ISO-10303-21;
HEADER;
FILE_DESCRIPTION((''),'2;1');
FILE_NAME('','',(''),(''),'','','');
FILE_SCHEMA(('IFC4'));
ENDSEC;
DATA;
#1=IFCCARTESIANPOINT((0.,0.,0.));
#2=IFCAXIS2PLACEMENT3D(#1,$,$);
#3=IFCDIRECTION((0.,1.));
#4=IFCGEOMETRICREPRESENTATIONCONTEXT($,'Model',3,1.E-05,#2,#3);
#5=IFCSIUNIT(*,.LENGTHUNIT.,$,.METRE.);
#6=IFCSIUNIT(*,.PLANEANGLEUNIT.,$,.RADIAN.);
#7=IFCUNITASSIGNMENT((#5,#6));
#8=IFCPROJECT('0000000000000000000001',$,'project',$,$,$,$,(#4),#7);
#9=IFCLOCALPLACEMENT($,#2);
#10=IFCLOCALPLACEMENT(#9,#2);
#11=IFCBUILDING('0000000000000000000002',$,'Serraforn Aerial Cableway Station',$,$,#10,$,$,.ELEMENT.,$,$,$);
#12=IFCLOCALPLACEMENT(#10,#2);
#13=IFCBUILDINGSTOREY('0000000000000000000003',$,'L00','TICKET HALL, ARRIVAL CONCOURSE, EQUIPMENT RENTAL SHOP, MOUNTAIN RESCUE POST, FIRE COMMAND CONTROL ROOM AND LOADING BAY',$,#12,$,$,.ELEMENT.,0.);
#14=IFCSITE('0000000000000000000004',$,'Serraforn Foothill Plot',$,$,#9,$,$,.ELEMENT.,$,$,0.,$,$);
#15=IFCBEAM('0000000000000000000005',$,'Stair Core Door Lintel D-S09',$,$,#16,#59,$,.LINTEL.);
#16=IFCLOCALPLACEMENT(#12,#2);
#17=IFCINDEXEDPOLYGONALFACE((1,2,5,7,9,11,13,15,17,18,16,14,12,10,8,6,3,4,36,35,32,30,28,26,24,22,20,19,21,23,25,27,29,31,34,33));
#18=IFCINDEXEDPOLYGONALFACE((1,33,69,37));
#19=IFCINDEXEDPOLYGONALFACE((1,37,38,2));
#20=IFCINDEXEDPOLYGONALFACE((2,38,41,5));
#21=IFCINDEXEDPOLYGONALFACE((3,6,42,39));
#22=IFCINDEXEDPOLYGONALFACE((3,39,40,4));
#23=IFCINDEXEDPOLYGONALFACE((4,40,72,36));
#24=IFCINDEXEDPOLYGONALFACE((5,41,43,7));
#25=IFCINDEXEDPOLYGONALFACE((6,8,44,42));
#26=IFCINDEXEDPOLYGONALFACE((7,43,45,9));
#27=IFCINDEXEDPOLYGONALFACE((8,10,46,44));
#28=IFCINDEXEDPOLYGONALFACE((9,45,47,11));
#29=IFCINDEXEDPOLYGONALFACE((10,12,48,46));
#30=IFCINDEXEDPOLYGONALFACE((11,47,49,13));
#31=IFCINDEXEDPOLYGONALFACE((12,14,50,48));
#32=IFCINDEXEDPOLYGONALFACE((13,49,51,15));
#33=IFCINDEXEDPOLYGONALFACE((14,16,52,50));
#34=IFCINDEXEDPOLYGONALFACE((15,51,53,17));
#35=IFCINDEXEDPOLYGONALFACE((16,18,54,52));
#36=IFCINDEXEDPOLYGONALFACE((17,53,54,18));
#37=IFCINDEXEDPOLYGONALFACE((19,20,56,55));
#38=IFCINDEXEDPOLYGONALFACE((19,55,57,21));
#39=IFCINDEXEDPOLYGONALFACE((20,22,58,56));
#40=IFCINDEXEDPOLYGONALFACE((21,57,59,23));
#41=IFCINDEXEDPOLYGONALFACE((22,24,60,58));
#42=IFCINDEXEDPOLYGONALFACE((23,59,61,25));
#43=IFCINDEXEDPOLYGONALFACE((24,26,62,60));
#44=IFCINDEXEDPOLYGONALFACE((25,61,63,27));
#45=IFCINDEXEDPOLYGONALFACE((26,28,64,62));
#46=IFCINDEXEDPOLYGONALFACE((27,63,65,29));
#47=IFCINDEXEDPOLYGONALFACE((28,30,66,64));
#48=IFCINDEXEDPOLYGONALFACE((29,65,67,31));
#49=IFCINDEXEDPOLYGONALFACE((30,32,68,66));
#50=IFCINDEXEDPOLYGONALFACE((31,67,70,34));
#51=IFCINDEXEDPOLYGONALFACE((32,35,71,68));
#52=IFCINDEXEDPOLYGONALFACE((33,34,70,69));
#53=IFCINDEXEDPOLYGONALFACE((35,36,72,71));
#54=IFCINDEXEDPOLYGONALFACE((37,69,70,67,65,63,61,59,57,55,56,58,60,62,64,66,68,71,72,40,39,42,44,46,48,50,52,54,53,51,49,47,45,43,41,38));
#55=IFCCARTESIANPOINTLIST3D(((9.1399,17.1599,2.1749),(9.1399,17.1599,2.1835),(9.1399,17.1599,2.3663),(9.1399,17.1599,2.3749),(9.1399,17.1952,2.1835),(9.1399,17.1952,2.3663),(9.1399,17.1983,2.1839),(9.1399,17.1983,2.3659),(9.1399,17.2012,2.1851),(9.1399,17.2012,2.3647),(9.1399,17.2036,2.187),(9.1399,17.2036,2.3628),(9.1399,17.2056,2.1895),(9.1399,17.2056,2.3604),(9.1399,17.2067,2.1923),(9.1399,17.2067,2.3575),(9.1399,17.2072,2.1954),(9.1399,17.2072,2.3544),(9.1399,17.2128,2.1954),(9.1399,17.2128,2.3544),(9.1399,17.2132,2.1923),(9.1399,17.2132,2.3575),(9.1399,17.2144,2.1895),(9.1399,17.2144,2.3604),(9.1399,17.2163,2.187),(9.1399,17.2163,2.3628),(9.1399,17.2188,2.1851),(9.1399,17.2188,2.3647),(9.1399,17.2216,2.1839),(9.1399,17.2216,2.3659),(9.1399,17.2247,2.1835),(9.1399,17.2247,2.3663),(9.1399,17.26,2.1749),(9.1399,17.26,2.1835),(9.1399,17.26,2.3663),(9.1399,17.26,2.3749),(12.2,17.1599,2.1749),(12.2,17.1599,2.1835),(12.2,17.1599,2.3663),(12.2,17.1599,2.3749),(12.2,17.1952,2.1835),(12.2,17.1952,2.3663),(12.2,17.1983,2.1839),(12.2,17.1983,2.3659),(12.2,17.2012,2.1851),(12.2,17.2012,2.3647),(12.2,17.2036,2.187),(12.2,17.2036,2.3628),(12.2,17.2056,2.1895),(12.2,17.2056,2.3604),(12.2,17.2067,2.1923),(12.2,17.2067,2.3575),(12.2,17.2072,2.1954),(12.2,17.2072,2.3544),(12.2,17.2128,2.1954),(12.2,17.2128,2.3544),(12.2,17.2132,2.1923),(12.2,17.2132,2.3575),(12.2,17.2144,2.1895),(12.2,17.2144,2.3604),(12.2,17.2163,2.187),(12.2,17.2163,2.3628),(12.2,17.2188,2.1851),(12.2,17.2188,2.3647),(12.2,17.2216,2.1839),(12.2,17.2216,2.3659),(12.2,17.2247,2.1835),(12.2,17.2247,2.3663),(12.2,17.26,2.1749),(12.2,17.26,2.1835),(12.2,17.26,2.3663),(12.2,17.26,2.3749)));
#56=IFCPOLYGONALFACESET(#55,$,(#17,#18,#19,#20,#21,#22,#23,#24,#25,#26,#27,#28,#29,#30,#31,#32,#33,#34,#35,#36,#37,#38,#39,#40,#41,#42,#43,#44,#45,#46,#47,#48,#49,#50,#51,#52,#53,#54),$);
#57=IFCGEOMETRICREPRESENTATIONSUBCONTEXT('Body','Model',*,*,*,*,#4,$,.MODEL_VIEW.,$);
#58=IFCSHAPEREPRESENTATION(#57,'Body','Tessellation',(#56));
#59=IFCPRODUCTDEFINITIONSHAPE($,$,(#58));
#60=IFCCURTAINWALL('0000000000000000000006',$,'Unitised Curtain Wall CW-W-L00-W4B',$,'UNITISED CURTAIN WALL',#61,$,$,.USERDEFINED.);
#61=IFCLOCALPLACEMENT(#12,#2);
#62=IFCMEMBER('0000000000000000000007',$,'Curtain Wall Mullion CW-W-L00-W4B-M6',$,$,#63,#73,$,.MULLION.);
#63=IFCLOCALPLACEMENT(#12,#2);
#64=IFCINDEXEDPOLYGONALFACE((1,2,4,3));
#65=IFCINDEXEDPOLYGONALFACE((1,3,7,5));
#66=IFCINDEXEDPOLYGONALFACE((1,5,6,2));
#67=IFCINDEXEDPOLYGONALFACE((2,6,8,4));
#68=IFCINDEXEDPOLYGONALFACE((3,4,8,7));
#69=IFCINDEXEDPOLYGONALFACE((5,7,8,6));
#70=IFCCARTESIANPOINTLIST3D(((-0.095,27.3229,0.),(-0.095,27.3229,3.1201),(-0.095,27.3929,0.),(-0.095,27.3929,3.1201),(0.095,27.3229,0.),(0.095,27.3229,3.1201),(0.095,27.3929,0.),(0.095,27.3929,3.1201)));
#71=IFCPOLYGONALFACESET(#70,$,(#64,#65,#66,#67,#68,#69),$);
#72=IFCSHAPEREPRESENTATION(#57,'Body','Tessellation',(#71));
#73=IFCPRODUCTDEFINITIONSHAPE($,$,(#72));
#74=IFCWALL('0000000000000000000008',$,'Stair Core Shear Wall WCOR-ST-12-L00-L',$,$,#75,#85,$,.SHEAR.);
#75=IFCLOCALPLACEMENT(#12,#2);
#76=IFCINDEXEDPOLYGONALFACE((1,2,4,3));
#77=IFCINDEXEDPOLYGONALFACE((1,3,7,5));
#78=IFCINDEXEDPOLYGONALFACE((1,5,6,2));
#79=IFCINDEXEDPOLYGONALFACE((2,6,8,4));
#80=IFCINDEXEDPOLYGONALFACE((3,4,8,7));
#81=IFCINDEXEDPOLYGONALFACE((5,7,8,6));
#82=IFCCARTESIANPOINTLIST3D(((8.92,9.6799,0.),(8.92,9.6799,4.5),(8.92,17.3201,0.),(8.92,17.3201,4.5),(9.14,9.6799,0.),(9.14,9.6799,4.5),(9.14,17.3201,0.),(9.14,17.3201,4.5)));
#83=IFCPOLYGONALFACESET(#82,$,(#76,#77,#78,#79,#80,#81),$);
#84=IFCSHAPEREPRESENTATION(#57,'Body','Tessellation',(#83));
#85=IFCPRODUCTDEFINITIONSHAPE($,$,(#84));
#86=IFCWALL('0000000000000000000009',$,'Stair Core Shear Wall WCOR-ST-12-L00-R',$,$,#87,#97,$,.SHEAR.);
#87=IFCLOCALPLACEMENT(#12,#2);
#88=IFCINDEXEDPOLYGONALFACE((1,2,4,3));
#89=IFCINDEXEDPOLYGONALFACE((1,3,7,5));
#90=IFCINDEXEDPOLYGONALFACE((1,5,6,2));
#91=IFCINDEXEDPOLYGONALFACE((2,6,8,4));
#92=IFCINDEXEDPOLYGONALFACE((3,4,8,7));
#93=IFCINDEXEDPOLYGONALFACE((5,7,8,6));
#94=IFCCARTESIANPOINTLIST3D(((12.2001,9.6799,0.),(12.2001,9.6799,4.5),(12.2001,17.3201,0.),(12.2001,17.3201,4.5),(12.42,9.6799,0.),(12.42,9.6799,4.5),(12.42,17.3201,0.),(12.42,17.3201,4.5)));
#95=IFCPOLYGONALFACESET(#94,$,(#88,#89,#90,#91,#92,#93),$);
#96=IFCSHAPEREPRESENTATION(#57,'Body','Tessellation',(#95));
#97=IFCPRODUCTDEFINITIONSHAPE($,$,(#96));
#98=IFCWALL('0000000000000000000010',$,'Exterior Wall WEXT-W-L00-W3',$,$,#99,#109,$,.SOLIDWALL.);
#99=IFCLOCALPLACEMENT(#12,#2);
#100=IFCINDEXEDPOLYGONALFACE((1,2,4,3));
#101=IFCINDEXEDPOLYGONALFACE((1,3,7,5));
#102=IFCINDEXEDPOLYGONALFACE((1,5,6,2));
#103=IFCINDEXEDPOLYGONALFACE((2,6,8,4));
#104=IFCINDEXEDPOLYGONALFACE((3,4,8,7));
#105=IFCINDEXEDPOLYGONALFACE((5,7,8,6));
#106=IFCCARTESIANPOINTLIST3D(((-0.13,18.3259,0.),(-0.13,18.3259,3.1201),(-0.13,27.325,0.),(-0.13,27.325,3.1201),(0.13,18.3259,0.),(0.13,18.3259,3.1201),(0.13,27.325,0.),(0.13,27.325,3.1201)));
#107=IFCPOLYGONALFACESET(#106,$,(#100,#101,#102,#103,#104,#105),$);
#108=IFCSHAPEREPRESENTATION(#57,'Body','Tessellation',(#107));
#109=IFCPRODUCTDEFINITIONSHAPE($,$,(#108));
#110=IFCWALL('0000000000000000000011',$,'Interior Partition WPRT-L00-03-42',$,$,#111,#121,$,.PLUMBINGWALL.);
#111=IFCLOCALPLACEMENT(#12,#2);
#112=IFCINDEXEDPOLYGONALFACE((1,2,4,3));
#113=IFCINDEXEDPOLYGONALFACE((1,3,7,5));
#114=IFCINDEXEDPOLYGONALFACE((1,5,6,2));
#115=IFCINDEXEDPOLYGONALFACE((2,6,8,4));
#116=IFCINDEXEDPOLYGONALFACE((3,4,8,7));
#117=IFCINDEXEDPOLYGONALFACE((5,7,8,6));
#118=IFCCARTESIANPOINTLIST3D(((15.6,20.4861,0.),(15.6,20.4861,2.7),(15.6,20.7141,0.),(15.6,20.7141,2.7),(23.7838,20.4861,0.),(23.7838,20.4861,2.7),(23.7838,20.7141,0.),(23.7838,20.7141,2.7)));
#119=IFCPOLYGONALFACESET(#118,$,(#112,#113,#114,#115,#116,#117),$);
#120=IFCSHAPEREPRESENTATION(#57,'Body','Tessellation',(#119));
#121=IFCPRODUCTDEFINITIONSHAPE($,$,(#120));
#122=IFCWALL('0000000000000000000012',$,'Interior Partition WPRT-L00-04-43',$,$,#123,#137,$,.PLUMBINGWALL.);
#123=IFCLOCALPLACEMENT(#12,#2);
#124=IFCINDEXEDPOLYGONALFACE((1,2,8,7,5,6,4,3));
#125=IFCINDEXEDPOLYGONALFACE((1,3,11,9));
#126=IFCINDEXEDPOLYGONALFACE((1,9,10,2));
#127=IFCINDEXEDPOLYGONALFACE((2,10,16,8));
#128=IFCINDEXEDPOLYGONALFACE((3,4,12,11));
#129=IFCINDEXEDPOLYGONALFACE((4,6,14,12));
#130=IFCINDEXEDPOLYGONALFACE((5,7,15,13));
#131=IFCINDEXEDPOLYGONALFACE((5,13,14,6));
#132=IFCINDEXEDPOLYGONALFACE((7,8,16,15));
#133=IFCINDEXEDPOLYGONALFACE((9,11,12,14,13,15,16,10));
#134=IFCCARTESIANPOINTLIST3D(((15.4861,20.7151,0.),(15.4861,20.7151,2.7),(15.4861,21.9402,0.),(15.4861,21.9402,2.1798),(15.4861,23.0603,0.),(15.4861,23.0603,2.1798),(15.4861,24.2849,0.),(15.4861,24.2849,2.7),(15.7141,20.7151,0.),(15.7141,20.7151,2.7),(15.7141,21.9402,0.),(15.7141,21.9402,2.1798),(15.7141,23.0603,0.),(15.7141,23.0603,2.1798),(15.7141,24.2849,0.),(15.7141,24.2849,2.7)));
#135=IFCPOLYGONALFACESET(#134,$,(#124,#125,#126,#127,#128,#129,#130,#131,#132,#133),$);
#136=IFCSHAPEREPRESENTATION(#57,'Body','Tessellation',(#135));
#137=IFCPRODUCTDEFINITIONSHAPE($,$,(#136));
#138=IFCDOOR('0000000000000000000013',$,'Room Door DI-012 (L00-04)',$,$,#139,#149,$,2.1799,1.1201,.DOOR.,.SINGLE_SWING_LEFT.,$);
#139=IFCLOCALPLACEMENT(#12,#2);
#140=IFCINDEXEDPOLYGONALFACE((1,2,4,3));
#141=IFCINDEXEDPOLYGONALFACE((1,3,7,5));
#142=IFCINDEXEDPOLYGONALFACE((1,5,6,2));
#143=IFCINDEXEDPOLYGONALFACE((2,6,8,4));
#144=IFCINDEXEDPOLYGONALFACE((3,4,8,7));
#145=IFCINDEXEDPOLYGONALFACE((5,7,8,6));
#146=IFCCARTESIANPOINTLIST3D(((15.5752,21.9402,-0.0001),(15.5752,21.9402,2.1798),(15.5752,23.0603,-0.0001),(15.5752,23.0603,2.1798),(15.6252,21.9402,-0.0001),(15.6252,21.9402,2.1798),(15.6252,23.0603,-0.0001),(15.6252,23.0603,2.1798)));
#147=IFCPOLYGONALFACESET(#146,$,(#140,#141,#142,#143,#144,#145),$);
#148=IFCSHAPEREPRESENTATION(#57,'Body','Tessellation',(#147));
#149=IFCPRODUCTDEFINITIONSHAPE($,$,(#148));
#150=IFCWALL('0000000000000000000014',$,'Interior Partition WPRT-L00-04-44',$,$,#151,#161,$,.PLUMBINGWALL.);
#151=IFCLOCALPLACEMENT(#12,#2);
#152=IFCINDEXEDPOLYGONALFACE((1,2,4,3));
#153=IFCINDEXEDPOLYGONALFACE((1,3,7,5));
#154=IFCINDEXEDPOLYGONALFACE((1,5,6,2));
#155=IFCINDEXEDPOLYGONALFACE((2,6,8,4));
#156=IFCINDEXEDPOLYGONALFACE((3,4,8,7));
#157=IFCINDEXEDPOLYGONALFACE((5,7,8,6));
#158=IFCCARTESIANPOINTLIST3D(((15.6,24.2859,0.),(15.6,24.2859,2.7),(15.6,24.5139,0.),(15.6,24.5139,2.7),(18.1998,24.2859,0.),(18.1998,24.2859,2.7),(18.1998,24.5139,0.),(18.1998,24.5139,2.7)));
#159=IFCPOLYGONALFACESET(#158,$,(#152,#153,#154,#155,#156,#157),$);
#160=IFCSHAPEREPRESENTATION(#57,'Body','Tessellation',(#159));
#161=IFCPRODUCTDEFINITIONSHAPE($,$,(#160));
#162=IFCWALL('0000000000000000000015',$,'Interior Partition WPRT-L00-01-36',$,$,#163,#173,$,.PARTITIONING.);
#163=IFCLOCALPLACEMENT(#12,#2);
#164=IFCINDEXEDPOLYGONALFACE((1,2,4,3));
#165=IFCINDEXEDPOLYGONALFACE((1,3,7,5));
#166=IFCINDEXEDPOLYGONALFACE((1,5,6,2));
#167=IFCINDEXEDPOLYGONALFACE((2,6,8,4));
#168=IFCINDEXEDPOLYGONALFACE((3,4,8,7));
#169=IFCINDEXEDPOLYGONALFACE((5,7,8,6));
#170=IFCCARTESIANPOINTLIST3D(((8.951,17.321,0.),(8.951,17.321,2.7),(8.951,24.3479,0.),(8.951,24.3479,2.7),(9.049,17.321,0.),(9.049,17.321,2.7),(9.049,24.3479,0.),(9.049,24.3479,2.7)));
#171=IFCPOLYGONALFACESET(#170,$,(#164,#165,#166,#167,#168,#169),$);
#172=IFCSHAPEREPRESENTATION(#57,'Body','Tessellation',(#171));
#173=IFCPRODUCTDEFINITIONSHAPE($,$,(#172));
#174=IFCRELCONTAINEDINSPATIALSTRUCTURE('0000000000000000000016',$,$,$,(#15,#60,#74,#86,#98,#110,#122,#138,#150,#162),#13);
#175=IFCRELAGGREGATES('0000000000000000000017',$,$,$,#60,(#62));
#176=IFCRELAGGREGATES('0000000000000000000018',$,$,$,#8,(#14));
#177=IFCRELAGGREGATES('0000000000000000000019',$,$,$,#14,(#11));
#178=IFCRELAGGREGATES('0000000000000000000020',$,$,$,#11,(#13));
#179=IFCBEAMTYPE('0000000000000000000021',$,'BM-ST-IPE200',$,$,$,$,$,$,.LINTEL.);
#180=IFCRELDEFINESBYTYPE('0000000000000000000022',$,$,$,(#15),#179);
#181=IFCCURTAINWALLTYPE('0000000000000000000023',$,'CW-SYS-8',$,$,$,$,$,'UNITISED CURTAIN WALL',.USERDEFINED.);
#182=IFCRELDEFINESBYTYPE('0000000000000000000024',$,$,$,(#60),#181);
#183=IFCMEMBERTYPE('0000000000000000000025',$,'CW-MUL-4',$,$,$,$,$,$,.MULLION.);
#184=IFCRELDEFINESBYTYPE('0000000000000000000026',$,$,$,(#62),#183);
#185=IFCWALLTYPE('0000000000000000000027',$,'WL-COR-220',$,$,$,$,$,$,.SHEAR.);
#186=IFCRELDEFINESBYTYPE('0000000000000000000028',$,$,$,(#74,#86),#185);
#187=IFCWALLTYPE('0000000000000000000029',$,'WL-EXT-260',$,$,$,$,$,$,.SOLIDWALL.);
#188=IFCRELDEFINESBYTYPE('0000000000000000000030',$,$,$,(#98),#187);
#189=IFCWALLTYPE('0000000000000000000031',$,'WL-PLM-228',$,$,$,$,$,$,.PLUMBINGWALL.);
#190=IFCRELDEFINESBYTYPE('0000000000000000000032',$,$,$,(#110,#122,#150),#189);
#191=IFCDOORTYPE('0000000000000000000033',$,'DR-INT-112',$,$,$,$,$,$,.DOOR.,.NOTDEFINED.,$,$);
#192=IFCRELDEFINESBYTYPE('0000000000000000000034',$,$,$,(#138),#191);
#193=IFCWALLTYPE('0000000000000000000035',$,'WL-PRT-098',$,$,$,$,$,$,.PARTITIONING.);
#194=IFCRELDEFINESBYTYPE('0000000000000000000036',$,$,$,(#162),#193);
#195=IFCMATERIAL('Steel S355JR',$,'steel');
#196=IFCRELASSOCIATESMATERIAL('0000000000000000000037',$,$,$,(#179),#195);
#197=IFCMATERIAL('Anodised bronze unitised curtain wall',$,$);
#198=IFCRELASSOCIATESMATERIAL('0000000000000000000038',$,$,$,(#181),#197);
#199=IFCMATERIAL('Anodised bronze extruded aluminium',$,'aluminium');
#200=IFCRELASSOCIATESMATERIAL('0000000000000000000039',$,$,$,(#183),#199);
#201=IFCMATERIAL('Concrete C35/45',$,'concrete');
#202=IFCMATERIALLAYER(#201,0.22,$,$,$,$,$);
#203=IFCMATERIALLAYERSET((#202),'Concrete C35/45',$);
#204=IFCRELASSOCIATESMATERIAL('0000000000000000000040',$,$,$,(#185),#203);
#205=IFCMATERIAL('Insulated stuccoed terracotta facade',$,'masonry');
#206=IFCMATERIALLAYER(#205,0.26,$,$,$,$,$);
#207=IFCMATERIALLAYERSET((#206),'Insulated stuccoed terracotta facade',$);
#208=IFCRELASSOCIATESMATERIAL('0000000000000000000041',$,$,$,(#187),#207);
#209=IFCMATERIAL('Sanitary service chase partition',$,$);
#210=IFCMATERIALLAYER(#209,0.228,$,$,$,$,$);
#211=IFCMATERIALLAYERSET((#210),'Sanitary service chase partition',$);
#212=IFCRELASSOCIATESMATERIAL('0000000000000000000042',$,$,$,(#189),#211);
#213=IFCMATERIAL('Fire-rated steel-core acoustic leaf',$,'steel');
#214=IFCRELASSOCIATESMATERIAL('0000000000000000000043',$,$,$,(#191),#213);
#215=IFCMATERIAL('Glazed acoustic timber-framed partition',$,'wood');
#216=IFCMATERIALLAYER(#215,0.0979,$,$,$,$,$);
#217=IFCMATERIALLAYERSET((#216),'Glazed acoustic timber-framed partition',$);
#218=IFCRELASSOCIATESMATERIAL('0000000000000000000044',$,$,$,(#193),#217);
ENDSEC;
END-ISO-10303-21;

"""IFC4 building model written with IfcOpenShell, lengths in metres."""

from ifc_helpers import new_model, si_unit, direction, frame, frame_2d, origin, origin_2d, place, context, subcontext, project, spatial, rectangle, i_section, extrude, material, layer, layer_set, material_profile, profile_set, type_object, element, fill, aggregate, save


model = new_model("IFC4")

# Units and contexts
model_context = context("Model", 3, precision=1e-05, world=origin(), true_north=direction((0.0, 1.0)))
body_context = subcontext(model_context, "Body", "Model", "MODEL_VIEW")
ifc_project = project(units=[si_unit("LENGTHUNIT", "METRE"), si_unit("PLANEANGLEUNIT", "RADIAN")], contexts=[model_context])

# Site, building, storey
site_placement = place(None, origin())
site = spatial("IfcSite", under=ifc_project, at=site_placement, Name="Serraforn Foothill Plot", CompositionType="ELEMENT", RefElevation=0.0)
building_placement = place(site_placement, origin())
building = spatial("IfcBuilding", under=site, at=building_placement, Name="Serraforn Aerial Cableway Station", CompositionType="ELEMENT")
storey_placement = place(building_placement, origin())
storey = spatial("IfcBuildingStorey", under=building, at=storey_placement, Name="L00", Description="TICKET HALL, ARRIVAL CONCOURSE, EQUIPMENT RENTAL SHOP, MOUNTAIN RESCUE POST, FIRE COMMAND CONTROL ROOM AND LOADING BAY", CompositionType="ELEMENT", Elevation=0.0)

# Shared definitions
ifc_material_1 = material(Name="Concrete C35/45", Category="concrete")

# Beam
ifc_material_2 = material(Name="Steel S355JR", Category="steel")
ifc_material_profile_1 = material_profile(ifc_material_2, i_section(OverallWidth=0.1001, OverallDepth=0.2, WebThickness=0.0056, FlangeThickness=0.0085, FilletRadius=0.012, at=origin_2d()), Name="IPE 200")
ifc_profile_set_1 = profile_set([ifc_material_profile_1], Name="Steel S355JR")
beam_type = type_object("IfcBeamType", Name="BM-ST-IPE200", PredefinedType="LINTEL", material=ifc_profile_set_1)
beam_placement = place(storey_placement, frame((9.1399, 17.21, 2.2749), z_axis=(1.0, 0.0, 0.0), x_axis=(0.0, 1.0, 0.0)))
element("IfcBeam", 1, at=beam_placement, inside=storey, type_object=beam_type, Name="Stair Core Door Lintel D-S09", PredefinedType="LINTEL", context=body_context, shape_type="SweptSolid", body=[
    extrude(i_section(OverallWidth=0.1001, OverallDepth=0.2, WebThickness=0.0056, FlangeThickness=0.0085, FilletRadius=0.012, at=origin_2d()), origin(), (0.0, 0.0, 1.0), 3.0601),
])

# Curtain wall, member
ifc_material_3 = material(Name="Anodised bronze unitised curtain wall")
curtain_wall_type = type_object("IfcCurtainWallType", Name="CW-SYS-8", ElementType="UNITISED CURTAIN WALL", PredefinedType="USERDEFINED", material=ifc_material_3)
curtain_wall_placement = place(storey_placement, origin())
curtain_wall = element("IfcCurtainWall", 2, at=curtain_wall_placement, inside=storey, type_object=curtain_wall_type, Name="Unitised Curtain Wall CW-W-L00-W4B", ObjectType="UNITISED CURTAIN WALL", PredefinedType="USERDEFINED")
ifc_material_4 = material(Name="Anodised bronze extruded aluminium", Category="aluminium")
ifc_material_profile_2 = material_profile(ifc_material_4, rectangle(XDim=0.0701, YDim=0.1899, at=origin_2d()), Name="CW MULLION 70x190")
ifc_profile_set_2 = profile_set([ifc_material_profile_2], Name="Anodised bronze extruded aluminium")
member_type = type_object("IfcMemberType", Name="CW-MUL-4", PredefinedType="MULLION", material=ifc_profile_set_2)
member_placement = place(storey_placement, frame((0.0, 27.3579, 0.0), z_axis=(0.0, 0.0, 1.0), x_axis=(0.0, -1.0, 0.0)))
member = element("IfcMember", 3, at=member_placement, type_object=member_type, Name="Curtain Wall Mullion CW-W-L00-W4B-M6", PredefinedType="MULLION", context=body_context, shape_type="SweptSolid", body=[
    extrude(rectangle(XDim=0.0701, YDim=0.1899, at=origin_2d()), origin(), (0.0, 0.0, 1.0), 3.1201),
])
aggregate(curtain_wall, [member])

# Shared definitions
ifc_layer_1 = layer(ifc_material_1, 0.22)
ifc_layer_set_1 = layer_set([ifc_layer_1], Name="Concrete C35/45")
wall_type_1 = type_object("IfcWallType", Name="WL-COR-220", PredefinedType="SHEAR", material=ifc_layer_set_1)

# Walls
for number, where, z_axis, x_axis, name in (
    (4, (9.03, 17.3201, 0.0), (0.0, 0.0, 1.0), (0.0, -1.0, 0.0), "Stair Core Shear Wall WCOR-ST-12-L00-L"),
    (5, (12.3101, 17.3201, 0.0), (0.0, 0.0, 1.0), (0.0, -1.0, 0.0), "Stair Core Shear Wall WCOR-ST-12-L00-R"),
):
    element("IfcWall", number, at=place(storey_placement, frame(where, z_axis=z_axis, x_axis=x_axis)), inside=storey, type_object=wall_type_1, Name=name, PredefinedType="SHEAR", context=body_context, shape_type="SweptSolid", body=[
        extrude(rectangle(XDim=7.6401, YDim=0.22, at=frame_2d((3.8201, 0.0))), origin(), (0.0, 0.0, 1.0), 4.5),
    ])
ifc_material_5 = material(Name="Insulated stuccoed terracotta facade", Category="masonry")
ifc_layer_2 = layer(ifc_material_5, 0.26)
ifc_layer_set_2 = layer_set([ifc_layer_2], Name="Insulated stuccoed terracotta facade")
wall_type_2 = type_object("IfcWallType", Name="WL-EXT-260", PredefinedType="SOLIDWALL", material=ifc_layer_set_2)
wall_1_placement = place(storey_placement, frame((0.0, 27.325, 0.0), z_axis=(0.0, 0.0, 1.0), x_axis=(0.0, -1.0, 0.0)))
element("IfcWall", 6, at=wall_1_placement, inside=storey, type_object=wall_type_2, Name="Exterior Wall WEXT-W-L00-W3", PredefinedType="SOLIDWALL", context=body_context, shape_type="SweptSolid", body=[
    extrude(rectangle(XDim=8.999, YDim=0.26, at=frame_2d((4.4995, 0.0))), origin(), (0.0, 0.0, 1.0), 3.1201),
])

# Shared definitions
ifc_material_6 = material(Name="Sanitary service chase partition")
ifc_layer_3 = layer(ifc_material_6, 0.228)
ifc_layer_set_3 = layer_set([ifc_layer_3], Name="Sanitary service chase partition")
wall_type_3 = type_object("IfcWallType", Name="WL-PLM-228", PredefinedType="PLUMBINGWALL", material=ifc_layer_set_3)

# Wall
wall_2_placement = place(storey_placement, frame((15.6001, 20.6001, 0.0), z_axis=(0.0, 0.0, 1.0), x_axis=(1.0, 0.0, 0.0)))
element("IfcWall", 7, at=wall_2_placement, inside=storey, type_object=wall_type_3, Name="Interior Partition WPRT-L00-03-42", PredefinedType="PLUMBINGWALL", context=body_context, shape_type="SweptSolid", body=[
    extrude(rectangle(XDim=8.1838, YDim=0.228, at=frame_2d((4.0918, 0.0))), origin(), (0.0, 0.0, 1.0), 2.7),
])

# Wall, opening, door
wall_3_placement = place(storey_placement, frame((15.6001, 20.7151, 0.0), z_axis=(0.0, 0.0, 1.0), x_axis=(0.0, 1.0, 0.0)))
wall_3 = element("IfcWall", 8, at=wall_3_placement, inside=storey, type_object=wall_type_3, Name="Interior Partition WPRT-L00-04-43", PredefinedType="PLUMBINGWALL", context=body_context, shape_type="SweptSolid", body=[
    extrude(rectangle(XDim=3.5698, YDim=0.228, at=frame_2d((1.7849, 0.0))), origin(), (0.0, 0.0, 1.0), 2.7),
])
opening_1_placement = place(wall_3_placement, frame((1.2251, 0.0, 0.0)))
opening_1 = element("IfcOpeningElement", 9, at=opening_1_placement, cuts=wall_3, PredefinedType="OPENING", context=body_context, shape_type="SweptSolid", body=[
    extrude(rectangle(XDim=1.1201, YDim=2.1799, at=frame_2d((0.5601, 1.0898))), frame((0.0, 0.124, 0.0), z_axis=(0.0, -1.0, 0.0), x_axis=(1.0, 0.0, 0.0)), (0.0, 0.0, 1.0), 0.248),
])
ifc_material_7 = material(Name="Fire-rated steel-core acoustic leaf", Category="steel")
door_type_1 = type_object("IfcDoorType", Name="DR-INT-112", OperationType="NOTDEFINED", PredefinedType="DOOR", material=ifc_material_7)
door_1_placement = place(opening_1_placement, origin())
door_1 = element("IfcDoor", 10, at=door_1_placement, inside=storey, type_object=door_type_1, Name="Room Door DI-012 (L00-04)", OperationType="SINGLE_SWING_LEFT", OverallHeight=2.1799, OverallWidth=1.1201, PredefinedType="DOOR", context=body_context, shape_type="SweptSolid", body=[
    extrude(rectangle(XDim=1.1201, YDim=2.1799, at=frame_2d((0.5601, 1.0898))), frame((0.0, 0.0249, 0.0), z_axis=(0.0, -1.0, 0.0), x_axis=(1.0, 0.0, 0.0)), (0.0, 0.0, 1.0), 0.05),
])
fill(opening_1, door_1)

# Walls
wall_4_placement = place(storey_placement, frame((15.6001, 24.3999, 0.0), z_axis=(0.0, 0.0, 1.0), x_axis=(1.0, 0.0, 0.0)))
element("IfcWall", 11, at=wall_4_placement, inside=storey, type_object=wall_type_3, Name="Interior Partition WPRT-L00-04-44", PredefinedType="PLUMBINGWALL", context=body_context, shape_type="SweptSolid", body=[
    extrude(rectangle(XDim=2.5999, YDim=0.228, at=frame_2d((1.2998, 0.0))), origin(), (0.0, 0.0, 1.0), 2.7),
])
ifc_material_8 = material(Name="Glazed acoustic timber-framed partition", Category="wood")
ifc_layer_4 = layer(ifc_material_8, 0.0979)
ifc_layer_set_4 = layer_set([ifc_layer_4], Name="Glazed acoustic timber-framed partition")
wall_type_4 = type_object("IfcWallType", Name="WL-PRT-098", PredefinedType="PARTITIONING", material=ifc_layer_set_4)
wall_5_placement = place(storey_placement, frame((9.0, 24.3479, 0.0), z_axis=(0.0, 0.0, 1.0), x_axis=(0.0, -1.0, 0.0)))
element("IfcWall", 12, at=wall_5_placement, inside=storey, type_object=wall_type_4, Name="Interior Partition WPRT-L00-01-36", PredefinedType="PARTITIONING", context=body_context, shape_type="SweptSolid", body=[
    extrude(rectangle(XDim=7.0269, YDim=0.0979, at=frame_2d((3.5134, 0.0))), origin(), (0.0, 0.0, 1.0), 2.7),
])

save(model, "model.ifc")
